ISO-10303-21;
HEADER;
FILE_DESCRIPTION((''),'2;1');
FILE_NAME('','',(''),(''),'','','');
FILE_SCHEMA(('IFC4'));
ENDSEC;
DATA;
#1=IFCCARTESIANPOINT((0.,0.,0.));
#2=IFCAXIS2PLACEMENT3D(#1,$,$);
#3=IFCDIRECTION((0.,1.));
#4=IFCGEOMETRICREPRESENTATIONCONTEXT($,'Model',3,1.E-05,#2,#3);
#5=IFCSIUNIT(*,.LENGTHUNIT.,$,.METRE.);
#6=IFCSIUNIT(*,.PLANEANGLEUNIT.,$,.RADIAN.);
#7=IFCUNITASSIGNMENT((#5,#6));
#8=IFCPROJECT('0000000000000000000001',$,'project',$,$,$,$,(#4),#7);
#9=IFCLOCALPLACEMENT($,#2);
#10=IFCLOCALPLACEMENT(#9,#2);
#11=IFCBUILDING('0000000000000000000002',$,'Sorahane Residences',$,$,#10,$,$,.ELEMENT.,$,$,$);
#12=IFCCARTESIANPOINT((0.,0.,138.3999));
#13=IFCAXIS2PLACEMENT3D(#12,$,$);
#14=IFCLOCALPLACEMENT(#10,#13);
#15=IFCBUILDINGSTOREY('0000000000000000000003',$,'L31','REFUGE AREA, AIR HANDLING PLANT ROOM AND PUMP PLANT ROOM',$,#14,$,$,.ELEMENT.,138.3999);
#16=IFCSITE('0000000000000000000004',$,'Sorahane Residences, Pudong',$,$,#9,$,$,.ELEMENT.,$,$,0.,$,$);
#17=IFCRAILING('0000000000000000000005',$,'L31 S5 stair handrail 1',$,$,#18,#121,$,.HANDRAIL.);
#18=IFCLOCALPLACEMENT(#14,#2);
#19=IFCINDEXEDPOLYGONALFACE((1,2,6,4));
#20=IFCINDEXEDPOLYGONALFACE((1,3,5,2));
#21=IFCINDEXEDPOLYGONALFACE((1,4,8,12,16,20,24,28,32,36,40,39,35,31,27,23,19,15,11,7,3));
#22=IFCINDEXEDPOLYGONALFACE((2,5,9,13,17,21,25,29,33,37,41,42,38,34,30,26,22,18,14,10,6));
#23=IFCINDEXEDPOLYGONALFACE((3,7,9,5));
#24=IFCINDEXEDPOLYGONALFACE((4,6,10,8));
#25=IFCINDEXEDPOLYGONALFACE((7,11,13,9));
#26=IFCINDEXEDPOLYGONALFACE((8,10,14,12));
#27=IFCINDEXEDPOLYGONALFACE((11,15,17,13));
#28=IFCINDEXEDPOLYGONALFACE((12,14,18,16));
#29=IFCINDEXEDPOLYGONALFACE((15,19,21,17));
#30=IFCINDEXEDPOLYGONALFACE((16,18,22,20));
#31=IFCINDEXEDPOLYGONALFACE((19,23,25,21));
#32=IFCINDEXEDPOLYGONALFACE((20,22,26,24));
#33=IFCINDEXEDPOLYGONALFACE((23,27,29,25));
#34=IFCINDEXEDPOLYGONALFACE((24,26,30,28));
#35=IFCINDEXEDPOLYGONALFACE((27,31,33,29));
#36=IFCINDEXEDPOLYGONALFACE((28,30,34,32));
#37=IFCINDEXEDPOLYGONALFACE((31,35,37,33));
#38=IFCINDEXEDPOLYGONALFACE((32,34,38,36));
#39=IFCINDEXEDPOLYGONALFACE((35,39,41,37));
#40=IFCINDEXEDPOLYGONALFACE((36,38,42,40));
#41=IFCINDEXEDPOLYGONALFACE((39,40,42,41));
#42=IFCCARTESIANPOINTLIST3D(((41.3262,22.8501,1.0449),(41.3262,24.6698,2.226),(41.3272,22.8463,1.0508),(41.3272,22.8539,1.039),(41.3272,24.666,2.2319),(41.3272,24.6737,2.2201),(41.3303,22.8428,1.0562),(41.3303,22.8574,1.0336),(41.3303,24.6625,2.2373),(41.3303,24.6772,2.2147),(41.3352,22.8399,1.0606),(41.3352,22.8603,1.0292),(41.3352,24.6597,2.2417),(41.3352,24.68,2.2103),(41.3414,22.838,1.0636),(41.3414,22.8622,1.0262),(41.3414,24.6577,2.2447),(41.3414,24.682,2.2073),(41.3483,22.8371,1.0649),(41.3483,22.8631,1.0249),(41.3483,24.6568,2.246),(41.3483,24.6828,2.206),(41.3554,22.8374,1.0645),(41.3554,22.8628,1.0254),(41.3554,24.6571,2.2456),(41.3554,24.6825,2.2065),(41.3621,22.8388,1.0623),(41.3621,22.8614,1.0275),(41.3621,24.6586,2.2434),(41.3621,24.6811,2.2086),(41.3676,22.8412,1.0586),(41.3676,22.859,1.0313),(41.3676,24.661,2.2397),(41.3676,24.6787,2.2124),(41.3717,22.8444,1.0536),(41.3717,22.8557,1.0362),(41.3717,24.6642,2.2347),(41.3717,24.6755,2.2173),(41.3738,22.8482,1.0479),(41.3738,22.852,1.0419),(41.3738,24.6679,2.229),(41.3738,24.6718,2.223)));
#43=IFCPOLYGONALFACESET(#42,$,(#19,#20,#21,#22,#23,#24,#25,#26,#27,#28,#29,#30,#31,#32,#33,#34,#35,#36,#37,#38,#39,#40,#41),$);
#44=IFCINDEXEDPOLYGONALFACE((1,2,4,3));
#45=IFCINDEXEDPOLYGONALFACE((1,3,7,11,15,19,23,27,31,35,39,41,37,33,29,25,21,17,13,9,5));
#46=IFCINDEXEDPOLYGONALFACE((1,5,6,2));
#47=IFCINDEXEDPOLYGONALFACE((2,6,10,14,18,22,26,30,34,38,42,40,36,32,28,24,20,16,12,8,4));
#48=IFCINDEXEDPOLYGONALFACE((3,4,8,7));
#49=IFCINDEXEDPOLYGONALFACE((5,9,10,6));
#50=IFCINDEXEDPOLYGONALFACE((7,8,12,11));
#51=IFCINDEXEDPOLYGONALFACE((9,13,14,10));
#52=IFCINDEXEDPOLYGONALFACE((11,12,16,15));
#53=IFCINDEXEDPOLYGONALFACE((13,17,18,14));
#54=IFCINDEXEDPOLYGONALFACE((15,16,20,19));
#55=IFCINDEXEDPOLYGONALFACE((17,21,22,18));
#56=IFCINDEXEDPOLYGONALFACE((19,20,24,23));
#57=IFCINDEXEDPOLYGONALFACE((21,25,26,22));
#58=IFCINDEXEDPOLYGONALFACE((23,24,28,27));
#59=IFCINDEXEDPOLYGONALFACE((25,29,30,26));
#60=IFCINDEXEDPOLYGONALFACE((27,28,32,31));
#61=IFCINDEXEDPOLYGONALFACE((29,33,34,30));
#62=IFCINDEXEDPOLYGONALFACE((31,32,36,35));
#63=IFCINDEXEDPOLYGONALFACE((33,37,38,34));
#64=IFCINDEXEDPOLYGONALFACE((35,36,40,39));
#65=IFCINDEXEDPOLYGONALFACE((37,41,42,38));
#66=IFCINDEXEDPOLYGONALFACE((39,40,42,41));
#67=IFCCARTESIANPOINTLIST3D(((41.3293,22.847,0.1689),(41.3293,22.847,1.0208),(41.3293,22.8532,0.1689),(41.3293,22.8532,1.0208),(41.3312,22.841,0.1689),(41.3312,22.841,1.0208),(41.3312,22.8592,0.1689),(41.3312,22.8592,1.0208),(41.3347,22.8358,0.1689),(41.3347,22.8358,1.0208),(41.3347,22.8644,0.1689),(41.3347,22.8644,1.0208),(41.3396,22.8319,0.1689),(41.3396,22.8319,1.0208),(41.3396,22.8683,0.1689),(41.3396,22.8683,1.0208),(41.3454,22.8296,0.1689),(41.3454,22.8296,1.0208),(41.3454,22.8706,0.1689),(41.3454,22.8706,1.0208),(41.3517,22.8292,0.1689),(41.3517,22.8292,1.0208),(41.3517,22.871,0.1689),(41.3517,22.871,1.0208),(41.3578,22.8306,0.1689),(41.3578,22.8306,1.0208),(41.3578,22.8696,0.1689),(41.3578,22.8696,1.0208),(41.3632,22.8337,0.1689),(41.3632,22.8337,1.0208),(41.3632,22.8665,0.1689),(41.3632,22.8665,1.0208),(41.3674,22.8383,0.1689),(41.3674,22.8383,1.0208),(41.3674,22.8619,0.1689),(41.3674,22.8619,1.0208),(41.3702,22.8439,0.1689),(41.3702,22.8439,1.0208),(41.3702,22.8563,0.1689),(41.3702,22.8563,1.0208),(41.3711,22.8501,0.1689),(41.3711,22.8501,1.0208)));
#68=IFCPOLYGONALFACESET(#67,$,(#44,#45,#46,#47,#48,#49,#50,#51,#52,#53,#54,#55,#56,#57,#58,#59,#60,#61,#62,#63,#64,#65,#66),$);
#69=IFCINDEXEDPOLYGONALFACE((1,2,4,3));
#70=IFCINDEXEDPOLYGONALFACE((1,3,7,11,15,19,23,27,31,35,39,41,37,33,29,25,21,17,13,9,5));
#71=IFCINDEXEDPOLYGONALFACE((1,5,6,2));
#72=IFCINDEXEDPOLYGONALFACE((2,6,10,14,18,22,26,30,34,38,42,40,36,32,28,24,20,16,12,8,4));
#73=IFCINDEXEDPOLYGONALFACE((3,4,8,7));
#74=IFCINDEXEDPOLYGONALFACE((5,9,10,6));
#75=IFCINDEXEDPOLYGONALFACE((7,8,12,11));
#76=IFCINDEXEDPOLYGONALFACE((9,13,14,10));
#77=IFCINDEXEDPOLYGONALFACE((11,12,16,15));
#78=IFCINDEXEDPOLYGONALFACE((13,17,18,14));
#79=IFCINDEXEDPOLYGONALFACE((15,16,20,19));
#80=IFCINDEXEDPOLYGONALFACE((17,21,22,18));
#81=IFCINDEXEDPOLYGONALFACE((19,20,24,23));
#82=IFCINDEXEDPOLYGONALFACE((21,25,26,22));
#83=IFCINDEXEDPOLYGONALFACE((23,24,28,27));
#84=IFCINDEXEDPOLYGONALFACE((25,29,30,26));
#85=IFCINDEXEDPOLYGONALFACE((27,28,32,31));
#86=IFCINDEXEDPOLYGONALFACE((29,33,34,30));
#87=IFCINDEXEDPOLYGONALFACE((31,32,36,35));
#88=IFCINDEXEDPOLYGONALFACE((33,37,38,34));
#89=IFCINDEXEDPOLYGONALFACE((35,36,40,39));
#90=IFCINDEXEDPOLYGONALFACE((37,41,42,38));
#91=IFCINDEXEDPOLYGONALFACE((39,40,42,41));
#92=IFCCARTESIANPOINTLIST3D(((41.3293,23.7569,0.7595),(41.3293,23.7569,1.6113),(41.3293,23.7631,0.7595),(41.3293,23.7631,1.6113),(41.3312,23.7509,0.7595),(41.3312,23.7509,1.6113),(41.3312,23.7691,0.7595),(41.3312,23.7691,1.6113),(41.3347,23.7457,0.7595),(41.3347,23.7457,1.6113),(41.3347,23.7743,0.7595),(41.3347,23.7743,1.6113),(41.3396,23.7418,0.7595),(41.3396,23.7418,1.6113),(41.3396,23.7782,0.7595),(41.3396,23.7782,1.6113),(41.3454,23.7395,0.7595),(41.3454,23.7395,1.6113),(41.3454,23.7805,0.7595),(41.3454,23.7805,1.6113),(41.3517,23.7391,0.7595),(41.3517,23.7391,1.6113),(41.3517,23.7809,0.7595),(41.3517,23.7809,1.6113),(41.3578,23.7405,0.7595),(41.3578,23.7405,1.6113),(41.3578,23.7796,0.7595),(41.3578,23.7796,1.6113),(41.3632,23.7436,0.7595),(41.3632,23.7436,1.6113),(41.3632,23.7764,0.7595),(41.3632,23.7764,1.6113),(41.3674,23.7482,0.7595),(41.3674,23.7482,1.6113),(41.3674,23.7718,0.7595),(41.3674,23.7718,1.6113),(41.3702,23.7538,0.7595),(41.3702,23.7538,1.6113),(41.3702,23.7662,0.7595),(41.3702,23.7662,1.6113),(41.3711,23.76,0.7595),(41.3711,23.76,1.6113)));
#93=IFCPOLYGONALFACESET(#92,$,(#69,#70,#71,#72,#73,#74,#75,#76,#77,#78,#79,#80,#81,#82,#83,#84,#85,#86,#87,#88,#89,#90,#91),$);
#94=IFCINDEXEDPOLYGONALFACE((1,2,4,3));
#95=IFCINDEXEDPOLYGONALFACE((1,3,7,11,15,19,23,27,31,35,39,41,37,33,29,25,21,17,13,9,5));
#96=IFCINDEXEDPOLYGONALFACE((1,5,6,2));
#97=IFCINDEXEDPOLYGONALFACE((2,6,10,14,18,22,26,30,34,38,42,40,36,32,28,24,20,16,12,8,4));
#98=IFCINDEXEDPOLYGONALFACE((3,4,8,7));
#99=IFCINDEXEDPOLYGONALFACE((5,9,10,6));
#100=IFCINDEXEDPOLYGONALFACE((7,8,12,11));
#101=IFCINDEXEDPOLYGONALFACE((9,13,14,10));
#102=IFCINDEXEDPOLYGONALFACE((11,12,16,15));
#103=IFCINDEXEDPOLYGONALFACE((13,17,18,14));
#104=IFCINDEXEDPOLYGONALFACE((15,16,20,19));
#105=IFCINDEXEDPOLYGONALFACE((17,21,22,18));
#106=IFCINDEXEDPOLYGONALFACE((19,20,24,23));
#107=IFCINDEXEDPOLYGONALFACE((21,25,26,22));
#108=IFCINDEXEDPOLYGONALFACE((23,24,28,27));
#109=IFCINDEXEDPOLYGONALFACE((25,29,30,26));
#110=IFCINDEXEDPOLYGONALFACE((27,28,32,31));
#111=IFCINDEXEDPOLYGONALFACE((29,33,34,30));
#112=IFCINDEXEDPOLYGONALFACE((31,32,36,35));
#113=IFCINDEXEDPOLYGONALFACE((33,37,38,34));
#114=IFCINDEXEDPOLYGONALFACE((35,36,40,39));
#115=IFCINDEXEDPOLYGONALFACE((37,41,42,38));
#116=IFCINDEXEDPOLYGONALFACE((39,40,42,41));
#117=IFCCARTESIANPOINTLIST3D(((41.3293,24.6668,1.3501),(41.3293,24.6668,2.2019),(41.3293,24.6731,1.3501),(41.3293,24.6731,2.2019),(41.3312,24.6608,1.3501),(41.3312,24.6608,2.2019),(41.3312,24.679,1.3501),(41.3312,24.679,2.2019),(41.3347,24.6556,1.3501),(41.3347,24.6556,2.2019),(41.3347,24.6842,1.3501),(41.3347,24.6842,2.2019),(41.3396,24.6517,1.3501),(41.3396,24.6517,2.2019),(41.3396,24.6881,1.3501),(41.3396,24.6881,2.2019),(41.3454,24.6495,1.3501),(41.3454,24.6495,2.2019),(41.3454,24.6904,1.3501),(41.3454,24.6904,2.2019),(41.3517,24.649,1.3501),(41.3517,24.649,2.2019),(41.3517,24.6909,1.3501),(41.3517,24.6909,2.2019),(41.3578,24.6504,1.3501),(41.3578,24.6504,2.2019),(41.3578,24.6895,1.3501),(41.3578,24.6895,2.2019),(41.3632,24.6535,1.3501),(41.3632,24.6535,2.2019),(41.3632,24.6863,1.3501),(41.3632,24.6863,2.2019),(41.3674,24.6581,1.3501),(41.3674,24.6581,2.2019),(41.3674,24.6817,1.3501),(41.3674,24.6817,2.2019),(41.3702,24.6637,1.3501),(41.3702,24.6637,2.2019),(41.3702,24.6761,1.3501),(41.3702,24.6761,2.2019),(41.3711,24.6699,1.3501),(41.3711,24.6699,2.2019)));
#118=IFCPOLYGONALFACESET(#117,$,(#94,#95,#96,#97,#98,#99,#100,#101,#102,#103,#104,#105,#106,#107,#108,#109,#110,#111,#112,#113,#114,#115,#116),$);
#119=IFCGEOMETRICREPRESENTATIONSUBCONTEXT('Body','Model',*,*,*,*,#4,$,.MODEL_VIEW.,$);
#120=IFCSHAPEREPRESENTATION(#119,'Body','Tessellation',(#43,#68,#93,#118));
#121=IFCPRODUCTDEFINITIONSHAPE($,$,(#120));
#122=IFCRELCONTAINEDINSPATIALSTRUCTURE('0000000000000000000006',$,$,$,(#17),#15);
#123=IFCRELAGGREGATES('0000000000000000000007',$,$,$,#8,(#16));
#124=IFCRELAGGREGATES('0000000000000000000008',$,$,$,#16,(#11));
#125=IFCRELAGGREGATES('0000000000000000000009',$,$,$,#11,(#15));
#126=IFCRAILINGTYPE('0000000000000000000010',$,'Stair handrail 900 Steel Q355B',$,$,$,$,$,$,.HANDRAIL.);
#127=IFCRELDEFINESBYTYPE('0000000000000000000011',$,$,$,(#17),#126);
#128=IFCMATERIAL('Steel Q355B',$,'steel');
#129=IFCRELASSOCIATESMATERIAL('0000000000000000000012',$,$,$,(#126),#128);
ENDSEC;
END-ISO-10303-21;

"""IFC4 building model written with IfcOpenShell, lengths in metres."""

from ifc_helpers import new_model, si_unit, direction, frame, origin, origin_2d, place, context, subcontext, project, spatial, circle, extrude, material, type_object, element, save


model = new_model("IFC4")

# Units and contexts
model_context = context("Model", 3, precision=1e-05, world=origin(), true_north=direction((0.0, 1.0)))
body_context = subcontext(model_context, "Body", "Model", "MODEL_VIEW")
ifc_project = project(units=[si_unit("LENGTHUNIT", "METRE"), si_unit("PLANEANGLEUNIT", "RADIAN")], contexts=[model_context])

# Site, building, storey
site_placement = place(None, origin())
site = spatial("IfcSite", under=ifc_project, at=site_placement, Name="Sorahane Residences, Pudong", CompositionType="ELEMENT", RefElevation=0.0)
building_placement = place(site_placement, origin())
building = spatial("IfcBuilding", under=site, at=building_placement, Name="Sorahane Residences", CompositionType="ELEMENT")
storey_placement = place(building_placement, frame((0.0, 0.0, 138.3999)))
storey = spatial("IfcBuildingStorey", under=building, at=storey_placement, Name="L31", Description="REFUGE AREA, AIR HANDLING PLANT ROOM AND PUMP PLANT ROOM", CompositionType="ELEMENT", Elevation=138.3999)

# Railing
ifc_material_1 = material(Name="Steel Q355B", Category="steel")
railing_type_1 = type_object("IfcRailingType", Name="Stair handrail 900 Steel Q355B", PredefinedType="HANDRAIL", material=ifc_material_1)
railing_1_placement = place(storey_placement, frame((41.3501, 22.8501, 0.1689)))
element("IfcRailing", 1, at=railing_1_placement, inside=storey, type_object=railing_type_1, Name="L31 S5 stair handrail 1", PredefinedType="HANDRAIL", context=body_context, shape_type="SweptSolid", body=[
    extrude(circle(Radius=0.0239, at=origin_2d()), frame((0.0, 0.0, 0.876), z_axis=(0.0, 0.838809, 0.544427), x_axis=(-1.0, 0.0, 0.0)), (0.0, 0.0, 1.0), 2.1694),
    extrude(circle(Radius=0.021, at=origin_2d()), origin(), (0.0, 0.0, 1.0), 0.8518),
    extrude(circle(Radius=0.021, at=origin_2d()), frame((0.0, 0.9099, 0.5906)), (0.0, 0.0, 1.0), 0.8518),
    extrude(circle(Radius=0.021, at=origin_2d()), frame((0.0, 1.8198, 1.1812)), (0.0, 0.0, 1.0), 0.8518),
])

save(model, "model.ifc")
